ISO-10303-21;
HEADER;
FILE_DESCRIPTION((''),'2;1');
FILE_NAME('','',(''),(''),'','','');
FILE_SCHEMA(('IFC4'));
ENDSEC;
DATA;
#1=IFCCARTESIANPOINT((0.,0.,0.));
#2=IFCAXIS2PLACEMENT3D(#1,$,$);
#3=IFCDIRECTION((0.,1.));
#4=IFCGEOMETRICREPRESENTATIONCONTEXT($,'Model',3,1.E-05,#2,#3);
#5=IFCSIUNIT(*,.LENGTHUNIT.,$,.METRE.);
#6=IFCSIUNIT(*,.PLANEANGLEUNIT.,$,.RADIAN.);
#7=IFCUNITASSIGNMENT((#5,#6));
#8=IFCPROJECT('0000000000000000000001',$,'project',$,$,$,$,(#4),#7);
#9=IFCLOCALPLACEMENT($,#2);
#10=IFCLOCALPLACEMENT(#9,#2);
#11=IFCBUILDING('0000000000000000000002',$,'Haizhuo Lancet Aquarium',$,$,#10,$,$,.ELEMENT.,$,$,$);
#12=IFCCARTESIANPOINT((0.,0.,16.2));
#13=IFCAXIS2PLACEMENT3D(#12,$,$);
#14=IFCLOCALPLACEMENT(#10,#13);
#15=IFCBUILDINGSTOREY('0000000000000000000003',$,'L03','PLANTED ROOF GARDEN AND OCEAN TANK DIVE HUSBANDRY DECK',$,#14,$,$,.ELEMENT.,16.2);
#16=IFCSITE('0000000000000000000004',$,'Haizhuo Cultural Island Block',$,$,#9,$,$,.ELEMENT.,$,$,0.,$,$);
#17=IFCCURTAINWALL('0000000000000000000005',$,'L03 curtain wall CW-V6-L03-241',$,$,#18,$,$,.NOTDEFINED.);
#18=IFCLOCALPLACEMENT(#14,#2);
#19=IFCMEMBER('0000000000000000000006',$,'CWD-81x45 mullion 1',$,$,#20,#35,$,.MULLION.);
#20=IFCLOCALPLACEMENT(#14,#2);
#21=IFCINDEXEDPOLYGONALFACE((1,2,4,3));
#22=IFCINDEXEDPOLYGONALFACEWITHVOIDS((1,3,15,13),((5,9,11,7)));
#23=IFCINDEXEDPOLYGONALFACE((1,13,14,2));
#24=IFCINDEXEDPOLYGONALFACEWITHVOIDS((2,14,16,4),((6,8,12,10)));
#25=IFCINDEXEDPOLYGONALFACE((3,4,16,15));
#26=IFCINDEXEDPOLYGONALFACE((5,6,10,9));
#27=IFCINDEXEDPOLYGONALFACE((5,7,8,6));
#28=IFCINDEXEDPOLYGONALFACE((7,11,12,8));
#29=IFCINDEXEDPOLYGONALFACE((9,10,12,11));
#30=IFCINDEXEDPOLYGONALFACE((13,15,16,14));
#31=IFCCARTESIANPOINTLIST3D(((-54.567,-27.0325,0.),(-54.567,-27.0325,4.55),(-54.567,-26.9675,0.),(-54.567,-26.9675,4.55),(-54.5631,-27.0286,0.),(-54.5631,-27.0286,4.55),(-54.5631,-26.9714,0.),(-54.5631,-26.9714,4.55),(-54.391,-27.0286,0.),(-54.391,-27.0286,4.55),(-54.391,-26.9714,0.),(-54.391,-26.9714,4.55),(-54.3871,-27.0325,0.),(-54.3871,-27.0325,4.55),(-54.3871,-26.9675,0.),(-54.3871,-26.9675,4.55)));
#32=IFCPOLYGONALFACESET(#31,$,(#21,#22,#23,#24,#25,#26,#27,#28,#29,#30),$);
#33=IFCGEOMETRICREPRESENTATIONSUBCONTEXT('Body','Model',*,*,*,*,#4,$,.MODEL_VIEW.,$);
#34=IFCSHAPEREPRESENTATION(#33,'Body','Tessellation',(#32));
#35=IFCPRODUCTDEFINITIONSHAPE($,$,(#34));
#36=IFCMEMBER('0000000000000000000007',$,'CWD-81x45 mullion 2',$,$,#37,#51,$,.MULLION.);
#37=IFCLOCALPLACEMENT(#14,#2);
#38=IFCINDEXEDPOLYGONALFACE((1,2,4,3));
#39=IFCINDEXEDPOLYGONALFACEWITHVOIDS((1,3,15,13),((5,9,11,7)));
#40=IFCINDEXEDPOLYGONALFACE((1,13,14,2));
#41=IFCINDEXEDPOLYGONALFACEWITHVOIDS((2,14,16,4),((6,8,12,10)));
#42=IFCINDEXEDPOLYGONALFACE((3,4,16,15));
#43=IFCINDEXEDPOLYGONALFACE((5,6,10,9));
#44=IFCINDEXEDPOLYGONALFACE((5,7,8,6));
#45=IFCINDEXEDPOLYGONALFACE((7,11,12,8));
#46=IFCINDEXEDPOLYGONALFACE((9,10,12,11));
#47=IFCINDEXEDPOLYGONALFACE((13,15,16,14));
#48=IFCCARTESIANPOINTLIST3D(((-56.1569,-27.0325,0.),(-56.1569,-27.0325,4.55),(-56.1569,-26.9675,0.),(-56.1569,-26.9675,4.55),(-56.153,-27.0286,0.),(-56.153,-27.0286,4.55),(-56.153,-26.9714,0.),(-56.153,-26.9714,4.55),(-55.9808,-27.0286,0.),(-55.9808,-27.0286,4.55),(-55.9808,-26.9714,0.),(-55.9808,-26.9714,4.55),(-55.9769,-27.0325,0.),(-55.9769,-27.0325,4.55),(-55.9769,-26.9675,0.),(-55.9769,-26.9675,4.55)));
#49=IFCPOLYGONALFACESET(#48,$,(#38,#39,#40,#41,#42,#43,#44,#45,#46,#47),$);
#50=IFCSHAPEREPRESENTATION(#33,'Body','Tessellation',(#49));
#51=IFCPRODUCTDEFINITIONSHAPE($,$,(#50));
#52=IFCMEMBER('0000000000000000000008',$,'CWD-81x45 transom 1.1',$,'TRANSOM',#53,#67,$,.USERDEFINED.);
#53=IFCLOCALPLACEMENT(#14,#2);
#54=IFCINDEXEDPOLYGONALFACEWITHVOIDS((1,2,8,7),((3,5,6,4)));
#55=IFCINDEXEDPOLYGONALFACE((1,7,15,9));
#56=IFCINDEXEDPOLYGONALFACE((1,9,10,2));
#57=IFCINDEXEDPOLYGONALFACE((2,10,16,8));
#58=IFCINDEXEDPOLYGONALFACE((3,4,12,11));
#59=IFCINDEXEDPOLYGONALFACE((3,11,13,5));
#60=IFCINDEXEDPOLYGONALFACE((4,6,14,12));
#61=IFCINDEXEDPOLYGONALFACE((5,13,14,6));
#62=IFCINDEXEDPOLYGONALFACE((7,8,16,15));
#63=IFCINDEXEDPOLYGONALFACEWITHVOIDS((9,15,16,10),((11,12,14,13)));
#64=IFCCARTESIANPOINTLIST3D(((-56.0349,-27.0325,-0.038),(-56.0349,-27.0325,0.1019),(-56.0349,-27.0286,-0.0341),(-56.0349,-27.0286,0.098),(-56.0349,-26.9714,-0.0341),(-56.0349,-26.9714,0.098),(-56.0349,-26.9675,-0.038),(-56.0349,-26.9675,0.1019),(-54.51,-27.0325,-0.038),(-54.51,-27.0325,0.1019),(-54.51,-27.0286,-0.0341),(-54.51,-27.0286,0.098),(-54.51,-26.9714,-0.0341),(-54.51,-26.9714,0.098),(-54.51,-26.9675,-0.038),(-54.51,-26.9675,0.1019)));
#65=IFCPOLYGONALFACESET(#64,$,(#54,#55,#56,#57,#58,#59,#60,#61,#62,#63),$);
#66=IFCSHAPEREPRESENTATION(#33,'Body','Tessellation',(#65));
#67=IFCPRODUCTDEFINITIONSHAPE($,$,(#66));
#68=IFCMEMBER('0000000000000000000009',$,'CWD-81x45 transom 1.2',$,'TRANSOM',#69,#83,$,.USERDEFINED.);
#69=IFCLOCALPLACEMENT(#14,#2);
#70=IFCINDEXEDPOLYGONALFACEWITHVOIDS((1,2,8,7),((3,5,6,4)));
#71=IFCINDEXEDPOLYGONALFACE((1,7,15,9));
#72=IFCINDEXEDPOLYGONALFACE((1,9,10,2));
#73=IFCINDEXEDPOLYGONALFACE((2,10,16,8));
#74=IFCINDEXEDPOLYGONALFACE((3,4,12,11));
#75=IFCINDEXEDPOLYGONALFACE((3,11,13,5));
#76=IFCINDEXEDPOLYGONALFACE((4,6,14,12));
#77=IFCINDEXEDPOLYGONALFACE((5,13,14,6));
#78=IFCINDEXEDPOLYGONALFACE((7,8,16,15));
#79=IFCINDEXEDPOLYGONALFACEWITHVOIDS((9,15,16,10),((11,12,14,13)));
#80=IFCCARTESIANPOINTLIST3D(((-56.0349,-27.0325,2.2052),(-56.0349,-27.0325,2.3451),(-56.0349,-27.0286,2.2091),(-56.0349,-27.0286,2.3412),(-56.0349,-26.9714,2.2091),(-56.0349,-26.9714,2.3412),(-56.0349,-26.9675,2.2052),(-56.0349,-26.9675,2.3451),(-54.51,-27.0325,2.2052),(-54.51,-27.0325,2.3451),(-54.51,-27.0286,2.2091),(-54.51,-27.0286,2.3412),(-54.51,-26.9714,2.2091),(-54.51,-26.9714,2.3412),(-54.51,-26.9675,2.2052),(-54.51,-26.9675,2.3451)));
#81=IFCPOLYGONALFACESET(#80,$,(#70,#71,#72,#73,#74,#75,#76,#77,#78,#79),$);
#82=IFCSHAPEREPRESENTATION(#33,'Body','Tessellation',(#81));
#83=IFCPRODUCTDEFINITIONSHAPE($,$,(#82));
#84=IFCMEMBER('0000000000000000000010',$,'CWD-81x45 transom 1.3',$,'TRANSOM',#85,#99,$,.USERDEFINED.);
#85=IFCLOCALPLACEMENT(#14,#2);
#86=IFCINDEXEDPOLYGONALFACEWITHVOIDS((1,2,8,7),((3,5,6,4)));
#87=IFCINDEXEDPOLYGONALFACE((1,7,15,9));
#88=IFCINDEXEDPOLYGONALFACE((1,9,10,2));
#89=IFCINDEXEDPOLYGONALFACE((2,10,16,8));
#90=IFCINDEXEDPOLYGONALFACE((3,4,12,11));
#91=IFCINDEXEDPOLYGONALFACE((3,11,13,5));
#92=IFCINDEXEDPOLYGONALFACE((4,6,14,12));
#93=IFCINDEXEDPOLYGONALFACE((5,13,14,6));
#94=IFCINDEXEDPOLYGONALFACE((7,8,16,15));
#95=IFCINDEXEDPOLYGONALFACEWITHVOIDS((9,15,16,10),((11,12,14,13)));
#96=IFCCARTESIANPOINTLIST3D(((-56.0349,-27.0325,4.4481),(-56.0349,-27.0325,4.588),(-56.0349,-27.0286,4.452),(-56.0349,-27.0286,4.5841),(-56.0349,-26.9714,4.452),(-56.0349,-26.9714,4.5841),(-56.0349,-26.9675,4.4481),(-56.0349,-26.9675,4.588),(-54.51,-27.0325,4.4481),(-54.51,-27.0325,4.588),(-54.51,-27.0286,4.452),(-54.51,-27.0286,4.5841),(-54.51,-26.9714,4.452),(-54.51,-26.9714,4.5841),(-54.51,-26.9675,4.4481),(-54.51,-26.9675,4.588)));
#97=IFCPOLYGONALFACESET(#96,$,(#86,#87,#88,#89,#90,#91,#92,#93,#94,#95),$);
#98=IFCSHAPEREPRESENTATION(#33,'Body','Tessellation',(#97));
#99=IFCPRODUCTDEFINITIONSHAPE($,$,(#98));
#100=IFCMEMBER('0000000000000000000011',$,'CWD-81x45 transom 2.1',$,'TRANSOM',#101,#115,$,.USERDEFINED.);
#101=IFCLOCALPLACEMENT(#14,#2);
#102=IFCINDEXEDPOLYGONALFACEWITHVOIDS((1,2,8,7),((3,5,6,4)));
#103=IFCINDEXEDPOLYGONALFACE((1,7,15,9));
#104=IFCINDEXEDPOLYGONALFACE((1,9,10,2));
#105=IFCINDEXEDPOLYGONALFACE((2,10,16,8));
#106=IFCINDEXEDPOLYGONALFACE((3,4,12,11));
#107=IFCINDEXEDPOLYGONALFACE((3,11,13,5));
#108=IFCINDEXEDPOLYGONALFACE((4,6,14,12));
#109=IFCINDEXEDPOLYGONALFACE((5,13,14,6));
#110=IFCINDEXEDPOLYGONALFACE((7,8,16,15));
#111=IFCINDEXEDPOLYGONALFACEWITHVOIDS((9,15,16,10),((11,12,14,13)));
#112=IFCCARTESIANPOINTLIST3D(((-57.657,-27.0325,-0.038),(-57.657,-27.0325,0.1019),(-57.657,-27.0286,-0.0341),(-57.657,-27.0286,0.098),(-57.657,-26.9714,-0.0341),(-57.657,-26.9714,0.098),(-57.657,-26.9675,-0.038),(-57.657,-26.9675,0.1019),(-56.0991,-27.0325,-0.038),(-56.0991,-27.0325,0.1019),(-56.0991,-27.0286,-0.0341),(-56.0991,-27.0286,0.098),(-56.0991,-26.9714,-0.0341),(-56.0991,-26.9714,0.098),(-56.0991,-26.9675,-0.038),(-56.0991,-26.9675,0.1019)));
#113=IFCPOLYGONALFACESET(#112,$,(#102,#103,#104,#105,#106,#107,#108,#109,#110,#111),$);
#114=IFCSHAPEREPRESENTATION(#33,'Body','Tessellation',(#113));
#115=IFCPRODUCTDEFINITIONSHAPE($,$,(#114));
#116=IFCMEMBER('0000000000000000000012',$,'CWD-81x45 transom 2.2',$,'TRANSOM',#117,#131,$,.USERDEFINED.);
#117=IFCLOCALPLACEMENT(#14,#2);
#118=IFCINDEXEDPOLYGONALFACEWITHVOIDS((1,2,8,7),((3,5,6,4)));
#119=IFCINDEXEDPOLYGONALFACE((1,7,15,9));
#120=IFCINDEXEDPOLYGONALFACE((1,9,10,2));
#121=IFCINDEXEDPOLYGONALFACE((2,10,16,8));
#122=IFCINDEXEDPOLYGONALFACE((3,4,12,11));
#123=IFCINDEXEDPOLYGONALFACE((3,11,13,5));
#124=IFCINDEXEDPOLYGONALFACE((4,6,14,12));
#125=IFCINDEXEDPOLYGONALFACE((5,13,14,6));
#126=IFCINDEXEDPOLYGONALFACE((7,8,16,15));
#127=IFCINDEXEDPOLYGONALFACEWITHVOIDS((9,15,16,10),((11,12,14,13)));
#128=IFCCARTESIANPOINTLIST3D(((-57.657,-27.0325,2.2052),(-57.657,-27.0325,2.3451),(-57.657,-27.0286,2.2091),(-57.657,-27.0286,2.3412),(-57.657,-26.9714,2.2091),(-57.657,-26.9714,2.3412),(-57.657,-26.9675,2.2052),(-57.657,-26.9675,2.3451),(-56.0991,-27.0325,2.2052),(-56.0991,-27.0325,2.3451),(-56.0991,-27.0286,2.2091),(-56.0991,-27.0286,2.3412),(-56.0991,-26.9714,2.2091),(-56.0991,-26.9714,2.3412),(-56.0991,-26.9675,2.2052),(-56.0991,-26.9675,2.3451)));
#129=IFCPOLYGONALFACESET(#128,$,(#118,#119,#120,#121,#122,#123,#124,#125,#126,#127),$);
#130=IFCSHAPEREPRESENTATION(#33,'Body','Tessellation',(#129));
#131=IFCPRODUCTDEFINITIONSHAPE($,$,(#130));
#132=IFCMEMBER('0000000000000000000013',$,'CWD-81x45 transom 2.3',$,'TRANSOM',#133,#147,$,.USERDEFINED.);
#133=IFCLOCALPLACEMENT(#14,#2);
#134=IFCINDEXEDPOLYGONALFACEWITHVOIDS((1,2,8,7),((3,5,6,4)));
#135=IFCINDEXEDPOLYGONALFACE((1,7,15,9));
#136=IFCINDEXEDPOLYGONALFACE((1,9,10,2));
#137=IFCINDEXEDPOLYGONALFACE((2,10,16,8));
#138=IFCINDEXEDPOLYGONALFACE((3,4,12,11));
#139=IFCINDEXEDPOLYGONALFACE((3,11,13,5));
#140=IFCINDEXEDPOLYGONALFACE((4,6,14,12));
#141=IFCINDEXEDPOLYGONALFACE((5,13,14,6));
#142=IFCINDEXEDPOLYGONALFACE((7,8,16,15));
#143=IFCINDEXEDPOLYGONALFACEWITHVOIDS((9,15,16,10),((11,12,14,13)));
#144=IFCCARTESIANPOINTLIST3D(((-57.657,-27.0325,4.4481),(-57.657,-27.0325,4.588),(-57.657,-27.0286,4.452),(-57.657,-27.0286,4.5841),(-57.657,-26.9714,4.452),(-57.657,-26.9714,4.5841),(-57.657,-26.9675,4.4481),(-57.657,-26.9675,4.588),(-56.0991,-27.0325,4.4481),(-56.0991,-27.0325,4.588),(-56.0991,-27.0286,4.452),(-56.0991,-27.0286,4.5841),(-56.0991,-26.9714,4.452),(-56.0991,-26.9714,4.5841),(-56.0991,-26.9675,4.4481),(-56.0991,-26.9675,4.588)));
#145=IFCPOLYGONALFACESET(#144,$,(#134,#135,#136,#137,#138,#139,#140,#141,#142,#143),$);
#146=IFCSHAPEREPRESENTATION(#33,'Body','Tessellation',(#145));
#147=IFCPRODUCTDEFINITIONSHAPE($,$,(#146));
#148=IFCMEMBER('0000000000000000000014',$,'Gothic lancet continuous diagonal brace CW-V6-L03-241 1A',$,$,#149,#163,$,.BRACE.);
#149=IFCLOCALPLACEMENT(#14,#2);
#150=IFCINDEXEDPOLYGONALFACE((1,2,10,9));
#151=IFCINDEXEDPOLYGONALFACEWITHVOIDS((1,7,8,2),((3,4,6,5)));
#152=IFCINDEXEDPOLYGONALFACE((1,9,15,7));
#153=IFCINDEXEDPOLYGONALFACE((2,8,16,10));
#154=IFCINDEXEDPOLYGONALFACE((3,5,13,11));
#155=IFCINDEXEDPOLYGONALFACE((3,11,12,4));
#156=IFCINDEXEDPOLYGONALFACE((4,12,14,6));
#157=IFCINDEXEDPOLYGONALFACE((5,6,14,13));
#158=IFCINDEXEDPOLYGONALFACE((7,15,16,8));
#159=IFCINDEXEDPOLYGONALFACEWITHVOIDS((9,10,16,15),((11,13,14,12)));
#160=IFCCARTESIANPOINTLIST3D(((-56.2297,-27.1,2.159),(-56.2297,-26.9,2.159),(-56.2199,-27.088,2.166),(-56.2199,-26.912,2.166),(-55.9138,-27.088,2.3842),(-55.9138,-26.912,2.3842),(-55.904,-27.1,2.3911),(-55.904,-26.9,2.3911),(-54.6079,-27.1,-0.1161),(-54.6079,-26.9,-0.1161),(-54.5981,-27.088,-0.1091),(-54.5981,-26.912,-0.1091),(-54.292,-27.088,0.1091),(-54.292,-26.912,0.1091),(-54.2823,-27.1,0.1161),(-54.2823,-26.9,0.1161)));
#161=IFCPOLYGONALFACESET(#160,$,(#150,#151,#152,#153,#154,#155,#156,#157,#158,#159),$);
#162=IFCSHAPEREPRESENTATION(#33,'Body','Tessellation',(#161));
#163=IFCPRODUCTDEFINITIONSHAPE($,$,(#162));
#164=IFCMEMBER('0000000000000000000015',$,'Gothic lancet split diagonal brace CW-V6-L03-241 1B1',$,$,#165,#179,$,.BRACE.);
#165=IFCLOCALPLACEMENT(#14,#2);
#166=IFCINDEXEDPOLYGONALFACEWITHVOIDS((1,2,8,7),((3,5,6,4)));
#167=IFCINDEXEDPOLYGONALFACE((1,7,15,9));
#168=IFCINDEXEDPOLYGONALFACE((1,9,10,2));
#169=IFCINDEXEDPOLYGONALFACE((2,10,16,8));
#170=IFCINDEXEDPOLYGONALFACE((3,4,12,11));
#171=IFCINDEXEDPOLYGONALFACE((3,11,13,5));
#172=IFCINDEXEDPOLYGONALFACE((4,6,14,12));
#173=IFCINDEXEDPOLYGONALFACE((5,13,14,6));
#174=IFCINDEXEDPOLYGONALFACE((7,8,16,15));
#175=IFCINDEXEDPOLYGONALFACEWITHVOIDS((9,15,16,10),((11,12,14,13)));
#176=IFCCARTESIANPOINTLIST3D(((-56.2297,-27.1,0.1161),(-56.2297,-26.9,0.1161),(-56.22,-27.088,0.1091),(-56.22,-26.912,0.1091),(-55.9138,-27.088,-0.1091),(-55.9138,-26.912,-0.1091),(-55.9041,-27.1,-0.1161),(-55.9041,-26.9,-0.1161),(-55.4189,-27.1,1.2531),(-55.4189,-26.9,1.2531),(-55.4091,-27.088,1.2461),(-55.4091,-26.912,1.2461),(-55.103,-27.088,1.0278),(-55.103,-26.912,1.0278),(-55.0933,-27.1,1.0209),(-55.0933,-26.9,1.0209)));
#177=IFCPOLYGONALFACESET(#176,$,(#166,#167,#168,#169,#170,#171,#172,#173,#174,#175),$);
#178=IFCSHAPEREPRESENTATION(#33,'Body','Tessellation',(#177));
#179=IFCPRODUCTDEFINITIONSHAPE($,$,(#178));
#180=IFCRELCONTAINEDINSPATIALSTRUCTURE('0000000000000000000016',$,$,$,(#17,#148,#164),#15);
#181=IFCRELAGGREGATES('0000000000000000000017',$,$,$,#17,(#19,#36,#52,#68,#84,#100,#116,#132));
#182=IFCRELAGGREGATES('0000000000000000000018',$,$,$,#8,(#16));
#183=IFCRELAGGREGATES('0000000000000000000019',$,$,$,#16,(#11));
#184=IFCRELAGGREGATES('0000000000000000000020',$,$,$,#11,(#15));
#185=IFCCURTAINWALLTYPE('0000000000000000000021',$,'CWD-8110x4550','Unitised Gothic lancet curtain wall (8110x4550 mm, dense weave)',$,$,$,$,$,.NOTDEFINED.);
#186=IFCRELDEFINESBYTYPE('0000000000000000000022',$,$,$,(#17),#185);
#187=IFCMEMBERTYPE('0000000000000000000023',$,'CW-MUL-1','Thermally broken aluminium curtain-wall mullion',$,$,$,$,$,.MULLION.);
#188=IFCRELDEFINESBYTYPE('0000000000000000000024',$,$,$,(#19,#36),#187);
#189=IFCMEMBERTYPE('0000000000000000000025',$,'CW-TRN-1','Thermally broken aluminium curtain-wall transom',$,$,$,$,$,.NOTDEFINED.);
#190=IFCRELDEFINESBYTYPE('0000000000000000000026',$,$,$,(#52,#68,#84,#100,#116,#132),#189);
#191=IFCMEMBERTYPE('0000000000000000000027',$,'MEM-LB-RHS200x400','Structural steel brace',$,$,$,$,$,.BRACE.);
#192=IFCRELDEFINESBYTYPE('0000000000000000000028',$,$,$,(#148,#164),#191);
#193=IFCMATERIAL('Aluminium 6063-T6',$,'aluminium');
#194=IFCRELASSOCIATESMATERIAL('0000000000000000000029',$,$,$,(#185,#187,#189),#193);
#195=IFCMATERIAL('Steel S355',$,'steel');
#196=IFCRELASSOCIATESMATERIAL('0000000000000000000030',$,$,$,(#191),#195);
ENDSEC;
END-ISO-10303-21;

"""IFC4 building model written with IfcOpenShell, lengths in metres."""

from ifc_helpers import new_model, si_unit, direction, frame, origin, origin_2d, place, context, subcontext, project, spatial, hollow_rectangle, extrude, material, material_profile, profile_set, type_object, element, aggregate, save


model = new_model("IFC4")

# Units and contexts
model_context = context("Model", 3, precision=1e-05, world=origin(), true_north=direction((0.0, 1.0)))
body_context = subcontext(model_context, "Body", "Model", "MODEL_VIEW")
ifc_project = project(units=[si_unit("LENGTHUNIT", "METRE"), si_unit("PLANEANGLEUNIT", "RADIAN")], contexts=[model_context])

# Site, building, storey
site_placement = place(None, origin())
site = spatial("IfcSite", under=ifc_project, at=site_placement, Name="Haizhuo Cultural Island Block", CompositionType="ELEMENT", RefElevation=0.0)
building_placement = place(site_placement, origin())
building = spatial("IfcBuilding", under=site, at=building_placement, Name="Haizhuo Lancet Aquarium", CompositionType="ELEMENT")
storey_placement = place(building_placement, frame((0.0, 0.0, 16.2)))
storey = spatial("IfcBuildingStorey", under=building, at=storey_placement, Name="L03", Description="PLANTED ROOF GARDEN AND OCEAN TANK DIVE HUSBANDRY DECK", CompositionType="ELEMENT", Elevation=16.2)

# Curtain wall, members
ifc_material_1 = material(Name="Aluminium 6063-T6", Category="aluminium")
curtain_wall_type = type_object("IfcCurtainWallType", Name="CWD-8110x4550", Description="Unitised Gothic lancet curtain wall (8110x4550 mm, dense weave)", PredefinedType="NOTDEFINED", material=ifc_material_1)
curtain_wall_placement = place(storey_placement, origin())
curtain_wall = element("IfcCurtainWall", 1, at=curtain_wall_placement, inside=storey, type_object=curtain_wall_type, Name="L03 curtain wall CW-V6-L03-241", PredefinedType="NOTDEFINED")
ifc_material_profile_1 = material_profile(ifc_material_1, hollow_rectangle(XDim=0.0649, YDim=0.1799, WallThickness=0.0039, at=origin_2d()), Name="ALU-M 65x180x4")
ifc_profile_set_1 = profile_set([ifc_material_profile_1], Name="Aluminium 6063-T6")
member_type_1 = type_object("IfcMemberType", Name="CW-MUL-1", Description="Thermally broken aluminium curtain-wall mullion", PredefinedType="MULLION", material=ifc_profile_set_1)
member_1_placement = place(storey_placement, frame((-54.4771, -27.0, 0.0), z_axis=(0.0, 0.0, 1.0), x_axis=(0.0, -1.0, 0.0)))
member_1 = element("IfcMember", 2, at=member_1_placement, type_object=member_type_1, Name="CWD-81x45 mullion 1", PredefinedType="MULLION", context=body_context, shape_type="SweptSolid", body=[
    extrude(hollow_rectangle(XDim=0.0649, YDim=0.1799, WallThickness=0.0039, at=origin_2d()), origin(), (0.0, 0.0, 1.0), 4.55),
])
member_2_placement = place(storey_placement, frame((-56.0669, -27.0, 0.0), z_axis=(0.0, 0.0, 1.0), x_axis=(0.0, -1.0, 0.0)))
member_2 = element("IfcMember", 3, at=member_2_placement, type_object=member_type_1, Name="CWD-81x45 mullion 2", PredefinedType="MULLION", context=body_context, shape_type="SweptSolid", body=[
    extrude(hollow_rectangle(XDim=0.0649, YDim=0.1799, WallThickness=0.0039, at=origin_2d()), origin(), (0.0, 0.0, 1.0), 4.55),
])
ifc_material_profile_2 = material_profile(ifc_material_1, hollow_rectangle(XDim=0.0649, YDim=0.1399, WallThickness=0.0039, at=origin_2d()), Name="ALU-T 65x140x4")
ifc_profile_set_2 = profile_set([ifc_material_profile_2], Name="Aluminium 6063-T6")
member_type_2 = type_object("IfcMemberType", Name="CW-TRN-1", Description="Thermally broken aluminium curtain-wall transom", PredefinedType="NOTDEFINED", material=ifc_profile_set_2)
member_3_placement = place(storey_placement, frame((-54.51, -27.0, 0.032), z_axis=(-1.0, 0.0, 0.0), x_axis=(0.0, -1.0, 0.0)))
member_3 = element("IfcMember", 4, at=member_3_placement, type_object=member_type_2, Name="CWD-81x45 transom 1.1", ObjectType="TRANSOM", PredefinedType="USERDEFINED", context=body_context, shape_type="SweptSolid", body=[
    extrude(hollow_rectangle(XDim=0.0649, YDim=0.1399, WallThickness=0.0039, at=origin_2d()), origin(), (0.0, 0.0, 1.0), 1.5249),
])
member_4_placement = place(storey_placement, frame((-54.51, -27.0, 2.2751), z_axis=(-1.0, 0.0, 0.0), x_axis=(0.0, -1.0, 0.0)))
member_4 = element("IfcMember", 5, at=member_4_placement, type_object=member_type_2, Name="CWD-81x45 transom 1.2", ObjectType="TRANSOM", PredefinedType="USERDEFINED", context=body_context, shape_type="SweptSolid", body=[
    extrude(hollow_rectangle(XDim=0.0649, YDim=0.1399, WallThickness=0.0039, at=origin_2d()), origin(), (0.0, 0.0, 1.0), 1.5249),
])
member_5_placement = place(storey_placement, frame((-54.51, -27.0, 4.5181), z_axis=(-1.0, 0.0, 0.0), x_axis=(0.0, -1.0, 0.0)))
member_5 = element("IfcMember", 6, at=member_5_placement, type_object=member_type_2, Name="CWD-81x45 transom 1.3", ObjectType="TRANSOM", PredefinedType="USERDEFINED", context=body_context, shape_type="SweptSolid", body=[
    extrude(hollow_rectangle(XDim=0.0649, YDim=0.1399, WallThickness=0.0039, at=origin_2d()), origin(), (0.0, 0.0, 1.0), 1.5249),
])
member_6_placement = place(storey_placement, frame((-56.0991, -27.0, 0.032), z_axis=(-1.0, 0.0, 0.0), x_axis=(0.0, -1.0, 0.0)))
member_6 = element("IfcMember", 7, at=member_6_placement, type_object=member_type_2, Name="CWD-81x45 transom 2.1", ObjectType="TRANSOM", PredefinedType="USERDEFINED", context=body_context, shape_type="SweptSolid", body=[
    extrude(hollow_rectangle(XDim=0.0649, YDim=0.1399, WallThickness=0.0039, at=origin_2d()), origin(), (0.0, 0.0, 1.0), 1.5579),
])
member_7_placement = place(storey_placement, frame((-56.0991, -27.0, 2.2751), z_axis=(-1.0, 0.0, 0.0), x_axis=(0.0, -1.0, 0.0)))
member_7 = element("IfcMember", 8, at=member_7_placement, type_object=member_type_2, Name="CWD-81x45 transom 2.2", ObjectType="TRANSOM", PredefinedType="USERDEFINED", context=body_context, shape_type="SweptSolid", body=[
    extrude(hollow_rectangle(XDim=0.0649, YDim=0.1399, WallThickness=0.0039, at=origin_2d()), origin(), (0.0, 0.0, 1.0), 1.5579),
])
member_8_placement = place(storey_placement, frame((-56.0991, -27.0, 4.5181), z_axis=(-1.0, 0.0, 0.0), x_axis=(0.0, -1.0, 0.0)))
member_8 = element("IfcMember", 9, at=member_8_placement, type_object=member_type_2, Name="CWD-81x45 transom 2.3", ObjectType="TRANSOM", PredefinedType="USERDEFINED", context=body_context, shape_type="SweptSolid", body=[
    extrude(hollow_rectangle(XDim=0.0649, YDim=0.1399, WallThickness=0.0039, at=origin_2d()), origin(), (0.0, 0.0, 1.0), 1.5579),
])

# Members
ifc_material_2 = material(Name="Steel S355", Category="steel")
ifc_material_profile_3 = material_profile(ifc_material_2, hollow_rectangle(XDim=0.2, YDim=0.3999, WallThickness=0.012, at=origin_2d()), Name="RHS 200x400x12")
ifc_profile_set_3 = profile_set([ifc_material_profile_3], Name="Steel S355")
member_type_3 = type_object("IfcMemberType", Name="MEM-LB-RHS200x400", Description="Structural steel brace", PredefinedType="BRACE", material=ifc_profile_set_3)
member_9_placement = place(storey_placement, frame((-54.4451, -27.0, 0.0), z_axis=(-0.580461, 0.0, 0.814288), x_axis=(0.0, -1.0, 0.0)))
element("IfcMember", 10, at=member_9_placement, inside=storey, type_object=member_type_3, Name="Gothic lancet continuous diagonal brace CW-V6-L03-241 1A", PredefinedType="BRACE", context=body_context, shape_type="SweptSolid", body=[
    extrude(hollow_rectangle(XDim=0.2, YDim=0.3999, WallThickness=0.012, at=origin_2d()), origin(), (0.0, 0.0, 1.0), 2.7939),
])
member_10_placement = place(storey_placement, frame((-56.0669, -27.0, 0.0), z_axis=(0.58061, 0.0, 0.814182), x_axis=(0.0, 1.0, 0.0)))
element("IfcMember", 11, at=member_10_placement, inside=storey, type_object=member_type_3, Name="Gothic lancet split diagonal brace CW-V6-L03-241 1B1", PredefinedType="BRACE", context=body_context, shape_type="SweptSolid", body=[
    extrude(hollow_rectangle(XDim=0.2, YDim=0.3999, WallThickness=0.012, at=origin_2d()), origin(), (0.0, 0.0, 1.0), 1.3965),
])

aggregate(curtain_wall, [member_1, member_2, member_3, member_4, member_5, member_6, member_7, member_8])

save(model, "model.ifc")
